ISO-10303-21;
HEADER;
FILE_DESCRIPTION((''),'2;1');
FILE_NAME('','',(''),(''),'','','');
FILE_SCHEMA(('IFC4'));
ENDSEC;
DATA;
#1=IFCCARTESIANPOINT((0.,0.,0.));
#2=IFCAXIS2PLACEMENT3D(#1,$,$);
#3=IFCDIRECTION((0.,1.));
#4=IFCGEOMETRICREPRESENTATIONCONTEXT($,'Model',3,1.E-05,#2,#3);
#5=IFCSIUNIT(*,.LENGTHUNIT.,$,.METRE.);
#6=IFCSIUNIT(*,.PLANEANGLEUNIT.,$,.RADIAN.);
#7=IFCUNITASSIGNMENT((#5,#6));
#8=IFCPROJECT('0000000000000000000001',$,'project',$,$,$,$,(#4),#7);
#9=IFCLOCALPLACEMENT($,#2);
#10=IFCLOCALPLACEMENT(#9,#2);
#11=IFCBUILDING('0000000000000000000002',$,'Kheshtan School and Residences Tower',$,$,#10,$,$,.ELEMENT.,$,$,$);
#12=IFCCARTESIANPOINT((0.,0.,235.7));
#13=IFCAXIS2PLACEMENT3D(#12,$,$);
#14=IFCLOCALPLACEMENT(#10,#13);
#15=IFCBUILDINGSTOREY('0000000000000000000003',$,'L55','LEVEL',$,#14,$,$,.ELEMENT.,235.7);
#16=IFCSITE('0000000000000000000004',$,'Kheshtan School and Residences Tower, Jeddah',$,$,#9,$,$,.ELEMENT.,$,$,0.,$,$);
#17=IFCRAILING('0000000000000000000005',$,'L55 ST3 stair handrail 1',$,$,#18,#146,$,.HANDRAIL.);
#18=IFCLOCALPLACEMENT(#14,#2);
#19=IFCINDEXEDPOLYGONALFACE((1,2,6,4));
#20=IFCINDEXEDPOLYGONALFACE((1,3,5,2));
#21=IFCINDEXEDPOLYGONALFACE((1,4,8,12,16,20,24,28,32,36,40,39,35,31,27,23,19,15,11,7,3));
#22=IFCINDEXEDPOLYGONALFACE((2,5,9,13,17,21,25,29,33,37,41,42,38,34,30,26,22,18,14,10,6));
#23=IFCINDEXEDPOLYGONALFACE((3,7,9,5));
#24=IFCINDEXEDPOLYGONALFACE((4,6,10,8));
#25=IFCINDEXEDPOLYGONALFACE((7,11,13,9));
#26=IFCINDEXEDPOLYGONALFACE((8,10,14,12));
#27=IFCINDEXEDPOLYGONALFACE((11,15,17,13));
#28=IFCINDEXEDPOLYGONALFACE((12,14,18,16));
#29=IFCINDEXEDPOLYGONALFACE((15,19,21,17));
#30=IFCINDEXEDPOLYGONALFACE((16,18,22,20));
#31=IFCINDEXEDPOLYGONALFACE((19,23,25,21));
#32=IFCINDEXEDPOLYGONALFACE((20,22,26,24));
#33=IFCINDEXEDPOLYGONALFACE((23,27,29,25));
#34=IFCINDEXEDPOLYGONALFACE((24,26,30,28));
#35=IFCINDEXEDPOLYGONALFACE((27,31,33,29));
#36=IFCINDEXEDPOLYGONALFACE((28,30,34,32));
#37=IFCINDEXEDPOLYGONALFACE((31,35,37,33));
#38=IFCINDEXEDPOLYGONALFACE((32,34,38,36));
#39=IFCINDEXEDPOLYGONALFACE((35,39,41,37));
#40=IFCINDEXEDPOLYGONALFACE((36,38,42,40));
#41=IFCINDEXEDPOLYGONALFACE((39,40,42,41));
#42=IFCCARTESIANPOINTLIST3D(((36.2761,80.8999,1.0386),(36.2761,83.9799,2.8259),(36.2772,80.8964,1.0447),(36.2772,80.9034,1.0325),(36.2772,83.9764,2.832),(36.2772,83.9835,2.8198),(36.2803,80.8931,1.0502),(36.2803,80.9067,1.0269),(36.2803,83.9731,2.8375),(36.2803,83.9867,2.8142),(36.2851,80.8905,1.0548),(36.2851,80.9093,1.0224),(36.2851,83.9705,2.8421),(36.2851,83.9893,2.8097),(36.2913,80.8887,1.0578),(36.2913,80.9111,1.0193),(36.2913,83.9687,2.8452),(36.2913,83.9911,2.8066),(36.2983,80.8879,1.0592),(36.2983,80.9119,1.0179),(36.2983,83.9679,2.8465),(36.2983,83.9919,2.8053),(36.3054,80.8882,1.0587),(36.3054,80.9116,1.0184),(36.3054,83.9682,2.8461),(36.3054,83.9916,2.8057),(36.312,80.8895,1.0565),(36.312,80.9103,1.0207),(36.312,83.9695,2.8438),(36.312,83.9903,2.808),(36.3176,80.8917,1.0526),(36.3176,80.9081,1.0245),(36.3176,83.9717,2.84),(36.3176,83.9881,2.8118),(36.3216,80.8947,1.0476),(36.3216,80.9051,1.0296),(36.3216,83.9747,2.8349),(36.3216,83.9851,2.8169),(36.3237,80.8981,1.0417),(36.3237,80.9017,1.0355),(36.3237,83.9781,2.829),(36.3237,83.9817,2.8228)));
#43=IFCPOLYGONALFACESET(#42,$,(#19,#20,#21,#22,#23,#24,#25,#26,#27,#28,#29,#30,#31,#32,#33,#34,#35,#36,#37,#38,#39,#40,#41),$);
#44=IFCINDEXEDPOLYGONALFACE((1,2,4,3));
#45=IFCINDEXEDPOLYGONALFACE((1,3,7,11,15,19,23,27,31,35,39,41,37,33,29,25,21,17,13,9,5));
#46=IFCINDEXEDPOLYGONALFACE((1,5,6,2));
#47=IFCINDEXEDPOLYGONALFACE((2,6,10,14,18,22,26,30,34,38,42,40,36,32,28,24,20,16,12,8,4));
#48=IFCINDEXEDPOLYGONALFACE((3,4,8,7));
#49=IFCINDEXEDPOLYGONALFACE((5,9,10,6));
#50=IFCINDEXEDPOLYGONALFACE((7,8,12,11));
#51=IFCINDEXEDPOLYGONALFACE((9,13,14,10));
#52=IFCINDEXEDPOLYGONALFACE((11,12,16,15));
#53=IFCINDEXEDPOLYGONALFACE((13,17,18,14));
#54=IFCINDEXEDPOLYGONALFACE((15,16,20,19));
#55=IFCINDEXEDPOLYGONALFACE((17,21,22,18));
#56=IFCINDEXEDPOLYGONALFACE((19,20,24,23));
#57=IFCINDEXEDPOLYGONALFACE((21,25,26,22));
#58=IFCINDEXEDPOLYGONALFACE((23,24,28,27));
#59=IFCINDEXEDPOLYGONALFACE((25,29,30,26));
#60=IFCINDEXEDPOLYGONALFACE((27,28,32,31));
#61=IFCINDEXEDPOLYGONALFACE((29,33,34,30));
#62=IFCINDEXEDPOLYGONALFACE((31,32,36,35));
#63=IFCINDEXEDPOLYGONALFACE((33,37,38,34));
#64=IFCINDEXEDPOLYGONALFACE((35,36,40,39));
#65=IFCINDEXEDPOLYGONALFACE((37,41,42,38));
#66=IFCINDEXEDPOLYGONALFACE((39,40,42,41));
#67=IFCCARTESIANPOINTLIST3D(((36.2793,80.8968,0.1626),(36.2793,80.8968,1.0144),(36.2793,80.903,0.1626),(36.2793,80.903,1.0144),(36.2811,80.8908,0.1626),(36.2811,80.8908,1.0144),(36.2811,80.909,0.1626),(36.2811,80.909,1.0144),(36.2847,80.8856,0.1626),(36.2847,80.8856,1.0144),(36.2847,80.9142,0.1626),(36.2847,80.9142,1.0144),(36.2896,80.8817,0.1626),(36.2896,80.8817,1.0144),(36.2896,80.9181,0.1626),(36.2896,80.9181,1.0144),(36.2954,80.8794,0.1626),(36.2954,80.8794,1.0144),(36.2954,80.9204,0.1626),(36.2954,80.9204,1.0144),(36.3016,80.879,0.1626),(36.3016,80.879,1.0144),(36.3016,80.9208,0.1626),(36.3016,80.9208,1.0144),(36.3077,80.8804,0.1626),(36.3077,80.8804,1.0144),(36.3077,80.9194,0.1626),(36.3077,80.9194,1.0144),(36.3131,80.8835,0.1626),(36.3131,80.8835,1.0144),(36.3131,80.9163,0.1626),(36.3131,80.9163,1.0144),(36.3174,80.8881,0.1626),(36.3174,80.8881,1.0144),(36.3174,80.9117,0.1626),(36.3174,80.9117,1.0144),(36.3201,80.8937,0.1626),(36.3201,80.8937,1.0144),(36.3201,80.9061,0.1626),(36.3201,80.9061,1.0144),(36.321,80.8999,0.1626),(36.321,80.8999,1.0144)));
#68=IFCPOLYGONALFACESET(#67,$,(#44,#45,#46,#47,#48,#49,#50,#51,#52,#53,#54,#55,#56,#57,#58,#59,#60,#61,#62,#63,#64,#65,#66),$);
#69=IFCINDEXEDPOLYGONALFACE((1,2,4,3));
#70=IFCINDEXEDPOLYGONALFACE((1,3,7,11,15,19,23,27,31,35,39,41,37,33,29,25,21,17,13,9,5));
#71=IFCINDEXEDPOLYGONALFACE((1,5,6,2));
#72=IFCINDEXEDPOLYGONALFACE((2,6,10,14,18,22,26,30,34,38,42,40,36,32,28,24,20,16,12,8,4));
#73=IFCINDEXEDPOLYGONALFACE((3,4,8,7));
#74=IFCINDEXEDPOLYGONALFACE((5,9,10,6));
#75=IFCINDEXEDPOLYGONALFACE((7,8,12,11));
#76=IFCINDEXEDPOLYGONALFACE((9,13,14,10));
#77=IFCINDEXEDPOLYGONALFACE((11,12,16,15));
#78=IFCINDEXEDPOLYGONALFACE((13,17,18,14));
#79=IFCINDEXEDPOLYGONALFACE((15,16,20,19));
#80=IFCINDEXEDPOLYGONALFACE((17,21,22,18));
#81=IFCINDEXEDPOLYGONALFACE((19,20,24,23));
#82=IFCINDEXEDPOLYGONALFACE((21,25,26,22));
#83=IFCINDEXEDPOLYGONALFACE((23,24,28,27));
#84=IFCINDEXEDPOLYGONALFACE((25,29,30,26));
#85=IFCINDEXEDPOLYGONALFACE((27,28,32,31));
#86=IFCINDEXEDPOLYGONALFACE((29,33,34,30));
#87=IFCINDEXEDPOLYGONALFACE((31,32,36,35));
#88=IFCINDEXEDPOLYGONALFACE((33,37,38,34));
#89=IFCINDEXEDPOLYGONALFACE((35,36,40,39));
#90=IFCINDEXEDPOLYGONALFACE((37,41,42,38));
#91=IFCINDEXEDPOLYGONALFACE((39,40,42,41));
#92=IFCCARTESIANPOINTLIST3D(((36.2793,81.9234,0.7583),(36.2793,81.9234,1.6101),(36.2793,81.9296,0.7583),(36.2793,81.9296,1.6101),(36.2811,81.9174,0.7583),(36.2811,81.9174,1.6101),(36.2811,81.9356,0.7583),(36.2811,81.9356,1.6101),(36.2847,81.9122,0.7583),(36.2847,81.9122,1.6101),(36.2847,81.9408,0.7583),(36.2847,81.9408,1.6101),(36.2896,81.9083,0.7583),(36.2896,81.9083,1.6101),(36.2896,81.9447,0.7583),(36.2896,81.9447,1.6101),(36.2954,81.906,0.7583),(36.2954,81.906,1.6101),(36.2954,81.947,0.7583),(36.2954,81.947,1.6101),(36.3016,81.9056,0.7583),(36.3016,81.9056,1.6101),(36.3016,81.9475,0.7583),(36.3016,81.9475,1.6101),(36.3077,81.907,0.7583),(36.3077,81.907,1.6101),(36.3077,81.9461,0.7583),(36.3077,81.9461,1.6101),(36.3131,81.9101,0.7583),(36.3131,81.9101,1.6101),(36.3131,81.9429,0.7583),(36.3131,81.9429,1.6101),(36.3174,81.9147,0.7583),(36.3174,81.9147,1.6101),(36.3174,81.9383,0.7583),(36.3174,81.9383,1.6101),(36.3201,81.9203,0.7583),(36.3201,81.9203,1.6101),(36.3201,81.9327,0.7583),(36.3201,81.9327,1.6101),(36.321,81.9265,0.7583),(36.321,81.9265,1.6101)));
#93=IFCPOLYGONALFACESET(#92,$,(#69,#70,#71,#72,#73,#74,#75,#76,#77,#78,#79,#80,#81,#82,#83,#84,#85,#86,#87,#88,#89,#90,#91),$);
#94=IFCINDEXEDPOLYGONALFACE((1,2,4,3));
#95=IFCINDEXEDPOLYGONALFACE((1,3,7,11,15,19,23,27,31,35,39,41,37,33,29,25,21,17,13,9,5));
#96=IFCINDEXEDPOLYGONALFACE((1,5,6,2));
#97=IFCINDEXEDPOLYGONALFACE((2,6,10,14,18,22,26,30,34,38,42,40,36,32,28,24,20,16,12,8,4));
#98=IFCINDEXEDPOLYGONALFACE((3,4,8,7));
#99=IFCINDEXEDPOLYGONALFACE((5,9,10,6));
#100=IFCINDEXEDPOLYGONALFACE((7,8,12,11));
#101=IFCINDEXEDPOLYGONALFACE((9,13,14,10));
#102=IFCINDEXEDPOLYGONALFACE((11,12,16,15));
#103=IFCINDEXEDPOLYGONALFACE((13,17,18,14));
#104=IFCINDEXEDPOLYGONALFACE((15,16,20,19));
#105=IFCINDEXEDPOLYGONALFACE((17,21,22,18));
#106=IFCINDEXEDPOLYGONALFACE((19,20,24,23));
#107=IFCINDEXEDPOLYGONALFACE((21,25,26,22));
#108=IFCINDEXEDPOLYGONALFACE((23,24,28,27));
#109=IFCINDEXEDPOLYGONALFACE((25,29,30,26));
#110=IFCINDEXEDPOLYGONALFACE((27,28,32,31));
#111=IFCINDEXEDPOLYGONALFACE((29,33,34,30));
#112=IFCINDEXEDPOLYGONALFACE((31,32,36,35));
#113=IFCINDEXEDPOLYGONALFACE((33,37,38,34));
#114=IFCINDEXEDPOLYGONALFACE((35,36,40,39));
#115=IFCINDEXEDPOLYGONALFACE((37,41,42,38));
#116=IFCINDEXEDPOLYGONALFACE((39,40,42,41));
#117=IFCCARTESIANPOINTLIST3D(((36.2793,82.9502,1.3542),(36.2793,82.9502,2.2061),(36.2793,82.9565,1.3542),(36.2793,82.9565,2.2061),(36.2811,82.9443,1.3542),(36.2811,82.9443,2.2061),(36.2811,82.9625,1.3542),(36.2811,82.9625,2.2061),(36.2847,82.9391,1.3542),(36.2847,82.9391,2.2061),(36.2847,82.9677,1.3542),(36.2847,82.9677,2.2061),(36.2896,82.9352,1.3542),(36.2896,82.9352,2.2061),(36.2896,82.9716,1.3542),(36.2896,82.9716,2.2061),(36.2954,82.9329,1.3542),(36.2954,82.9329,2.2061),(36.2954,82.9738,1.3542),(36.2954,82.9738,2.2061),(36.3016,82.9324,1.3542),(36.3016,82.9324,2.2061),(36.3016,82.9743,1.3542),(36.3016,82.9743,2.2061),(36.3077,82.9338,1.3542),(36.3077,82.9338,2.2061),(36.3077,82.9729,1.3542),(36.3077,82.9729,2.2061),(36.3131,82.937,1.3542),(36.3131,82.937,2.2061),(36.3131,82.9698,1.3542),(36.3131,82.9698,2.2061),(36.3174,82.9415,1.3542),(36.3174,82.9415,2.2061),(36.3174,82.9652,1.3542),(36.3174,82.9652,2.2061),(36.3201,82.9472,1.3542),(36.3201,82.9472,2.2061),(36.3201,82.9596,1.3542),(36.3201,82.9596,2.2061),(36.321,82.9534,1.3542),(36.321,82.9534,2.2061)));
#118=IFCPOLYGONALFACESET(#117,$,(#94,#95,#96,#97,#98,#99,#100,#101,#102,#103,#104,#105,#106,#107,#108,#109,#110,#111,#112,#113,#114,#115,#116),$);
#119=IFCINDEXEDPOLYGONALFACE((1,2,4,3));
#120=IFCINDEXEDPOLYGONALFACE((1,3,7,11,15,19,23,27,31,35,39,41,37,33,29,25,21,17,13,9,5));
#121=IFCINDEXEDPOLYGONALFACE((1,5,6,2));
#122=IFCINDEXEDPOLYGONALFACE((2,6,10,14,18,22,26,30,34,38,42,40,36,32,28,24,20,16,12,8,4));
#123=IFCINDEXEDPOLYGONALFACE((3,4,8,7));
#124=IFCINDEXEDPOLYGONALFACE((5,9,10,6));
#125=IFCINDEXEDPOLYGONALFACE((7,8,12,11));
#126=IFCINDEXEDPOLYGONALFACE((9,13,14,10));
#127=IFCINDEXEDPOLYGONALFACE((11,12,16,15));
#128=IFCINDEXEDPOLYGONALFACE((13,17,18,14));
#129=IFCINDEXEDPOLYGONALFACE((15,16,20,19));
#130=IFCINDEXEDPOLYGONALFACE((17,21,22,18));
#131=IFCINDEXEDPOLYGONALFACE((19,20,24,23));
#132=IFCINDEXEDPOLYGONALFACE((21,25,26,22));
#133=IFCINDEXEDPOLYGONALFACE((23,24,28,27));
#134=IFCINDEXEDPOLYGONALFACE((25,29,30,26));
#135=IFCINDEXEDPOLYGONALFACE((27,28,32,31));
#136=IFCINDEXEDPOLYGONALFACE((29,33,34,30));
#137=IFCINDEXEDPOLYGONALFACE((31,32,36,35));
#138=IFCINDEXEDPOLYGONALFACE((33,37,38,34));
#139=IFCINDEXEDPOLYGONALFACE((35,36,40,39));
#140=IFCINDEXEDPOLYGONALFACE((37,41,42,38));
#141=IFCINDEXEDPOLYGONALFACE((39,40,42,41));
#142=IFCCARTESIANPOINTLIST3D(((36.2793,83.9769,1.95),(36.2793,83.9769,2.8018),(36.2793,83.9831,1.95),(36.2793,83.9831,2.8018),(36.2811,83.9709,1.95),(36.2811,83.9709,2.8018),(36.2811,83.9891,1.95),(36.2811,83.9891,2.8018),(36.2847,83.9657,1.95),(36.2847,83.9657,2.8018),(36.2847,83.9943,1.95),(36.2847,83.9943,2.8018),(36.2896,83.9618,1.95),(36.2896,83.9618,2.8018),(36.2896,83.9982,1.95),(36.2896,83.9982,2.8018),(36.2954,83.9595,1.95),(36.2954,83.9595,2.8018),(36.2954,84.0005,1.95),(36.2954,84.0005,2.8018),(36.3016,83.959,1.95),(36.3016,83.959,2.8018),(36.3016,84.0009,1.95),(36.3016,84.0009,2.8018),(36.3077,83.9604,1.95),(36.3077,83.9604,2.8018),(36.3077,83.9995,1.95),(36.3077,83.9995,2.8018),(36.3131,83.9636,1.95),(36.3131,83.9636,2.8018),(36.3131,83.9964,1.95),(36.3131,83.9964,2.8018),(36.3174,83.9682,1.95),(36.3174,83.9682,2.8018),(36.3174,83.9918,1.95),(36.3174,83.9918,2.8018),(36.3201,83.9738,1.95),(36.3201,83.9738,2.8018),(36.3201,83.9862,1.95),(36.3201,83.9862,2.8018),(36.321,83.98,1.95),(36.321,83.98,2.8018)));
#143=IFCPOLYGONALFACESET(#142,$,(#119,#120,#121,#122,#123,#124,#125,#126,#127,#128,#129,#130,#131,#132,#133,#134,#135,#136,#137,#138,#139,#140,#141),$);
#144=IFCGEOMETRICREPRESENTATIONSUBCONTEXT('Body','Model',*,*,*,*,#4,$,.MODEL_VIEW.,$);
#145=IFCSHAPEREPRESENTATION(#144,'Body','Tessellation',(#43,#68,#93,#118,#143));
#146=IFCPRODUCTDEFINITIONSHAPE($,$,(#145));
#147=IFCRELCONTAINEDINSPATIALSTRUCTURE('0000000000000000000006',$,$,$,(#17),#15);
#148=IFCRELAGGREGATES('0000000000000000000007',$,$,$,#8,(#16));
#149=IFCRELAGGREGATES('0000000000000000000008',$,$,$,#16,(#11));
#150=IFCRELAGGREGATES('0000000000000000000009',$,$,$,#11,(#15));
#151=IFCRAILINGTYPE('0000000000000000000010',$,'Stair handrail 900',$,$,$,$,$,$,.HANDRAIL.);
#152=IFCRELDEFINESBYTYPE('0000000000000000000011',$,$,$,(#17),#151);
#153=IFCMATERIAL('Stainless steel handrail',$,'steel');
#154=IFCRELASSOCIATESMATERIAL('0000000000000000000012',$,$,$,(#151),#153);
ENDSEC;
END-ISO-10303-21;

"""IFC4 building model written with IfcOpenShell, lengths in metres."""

from ifc_helpers import new_model, si_unit, direction, frame, origin, origin_2d, place, context, subcontext, project, spatial, circle, extrude, material, type_object, element, save


model = new_model("IFC4")

# Units and contexts
model_context = context("Model", 3, precision=1e-05, world=origin(), true_north=direction((0.0, 1.0)))
body_context = subcontext(model_context, "Body", "Model", "MODEL_VIEW")
ifc_project = project(units=[si_unit("LENGTHUNIT", "METRE"), si_unit("PLANEANGLEUNIT", "RADIAN")], contexts=[model_context])

# Site, building, storey
site_placement = place(None, origin())
site = spatial("IfcSite", under=ifc_project, at=site_placement, Name="Kheshtan School and Residences Tower, Jeddah", CompositionType="ELEMENT", RefElevation=0.0)
building_placement = place(site_placement, origin())
building = spatial("IfcBuilding", under=site, at=building_placement, Name="Kheshtan School and Residences Tower", CompositionType="ELEMENT")
storey_placement = place(building_placement, frame((0.0, 0.0, 235.7)))
storey = spatial("IfcBuildingStorey", under=building, at=storey_placement, Name="L55", Description="LEVEL", CompositionType="ELEMENT", Elevation=235.7)

# Railing
ifc_material_1 = material(Name="Stainless steel handrail", Category="steel")
railing_type_1 = type_object("IfcRailingType", Name="Stair handrail 900", PredefinedType="HANDRAIL", material=ifc_material_1)
railing_1_placement = place(storey_placement, frame((36.3, 80.8999, 0.1626)))
element("IfcRailing", 1, at=railing_1_placement, inside=storey, type_object=railing_type_1, Name="L55 ST3 stair handrail 1", PredefinedType="HANDRAIL", context=body_context, shape_type="SweptSolid", body=[
    extrude(circle(Radius=0.0239, at=origin_2d()), frame((0.0, 0.0, 0.876), z_axis=(0.0, 0.86492, 0.501909), x_axis=(-1.0, 0.0, 0.0)), (0.0, 0.0, 1.0), 3.561),
    extrude(circle(Radius=0.021, at=origin_2d()), origin(), (0.0, 0.0, 1.0), 0.8518),
    extrude(circle(Radius=0.021, at=origin_2d()), frame((0.0, 1.0266, 0.5957)), (0.0, 0.0, 1.0), 0.8518),
    extrude(circle(Radius=0.021, at=origin_2d()), frame((0.0, 2.0535, 1.1917)), (0.0, 0.0, 1.0), 0.8518),
    extrude(circle(Radius=0.021, at=origin_2d()), frame((0.0, 3.0801, 1.7874)), (0.0, 0.0, 1.0), 0.8518),
])

save(model, "model.ifc")
